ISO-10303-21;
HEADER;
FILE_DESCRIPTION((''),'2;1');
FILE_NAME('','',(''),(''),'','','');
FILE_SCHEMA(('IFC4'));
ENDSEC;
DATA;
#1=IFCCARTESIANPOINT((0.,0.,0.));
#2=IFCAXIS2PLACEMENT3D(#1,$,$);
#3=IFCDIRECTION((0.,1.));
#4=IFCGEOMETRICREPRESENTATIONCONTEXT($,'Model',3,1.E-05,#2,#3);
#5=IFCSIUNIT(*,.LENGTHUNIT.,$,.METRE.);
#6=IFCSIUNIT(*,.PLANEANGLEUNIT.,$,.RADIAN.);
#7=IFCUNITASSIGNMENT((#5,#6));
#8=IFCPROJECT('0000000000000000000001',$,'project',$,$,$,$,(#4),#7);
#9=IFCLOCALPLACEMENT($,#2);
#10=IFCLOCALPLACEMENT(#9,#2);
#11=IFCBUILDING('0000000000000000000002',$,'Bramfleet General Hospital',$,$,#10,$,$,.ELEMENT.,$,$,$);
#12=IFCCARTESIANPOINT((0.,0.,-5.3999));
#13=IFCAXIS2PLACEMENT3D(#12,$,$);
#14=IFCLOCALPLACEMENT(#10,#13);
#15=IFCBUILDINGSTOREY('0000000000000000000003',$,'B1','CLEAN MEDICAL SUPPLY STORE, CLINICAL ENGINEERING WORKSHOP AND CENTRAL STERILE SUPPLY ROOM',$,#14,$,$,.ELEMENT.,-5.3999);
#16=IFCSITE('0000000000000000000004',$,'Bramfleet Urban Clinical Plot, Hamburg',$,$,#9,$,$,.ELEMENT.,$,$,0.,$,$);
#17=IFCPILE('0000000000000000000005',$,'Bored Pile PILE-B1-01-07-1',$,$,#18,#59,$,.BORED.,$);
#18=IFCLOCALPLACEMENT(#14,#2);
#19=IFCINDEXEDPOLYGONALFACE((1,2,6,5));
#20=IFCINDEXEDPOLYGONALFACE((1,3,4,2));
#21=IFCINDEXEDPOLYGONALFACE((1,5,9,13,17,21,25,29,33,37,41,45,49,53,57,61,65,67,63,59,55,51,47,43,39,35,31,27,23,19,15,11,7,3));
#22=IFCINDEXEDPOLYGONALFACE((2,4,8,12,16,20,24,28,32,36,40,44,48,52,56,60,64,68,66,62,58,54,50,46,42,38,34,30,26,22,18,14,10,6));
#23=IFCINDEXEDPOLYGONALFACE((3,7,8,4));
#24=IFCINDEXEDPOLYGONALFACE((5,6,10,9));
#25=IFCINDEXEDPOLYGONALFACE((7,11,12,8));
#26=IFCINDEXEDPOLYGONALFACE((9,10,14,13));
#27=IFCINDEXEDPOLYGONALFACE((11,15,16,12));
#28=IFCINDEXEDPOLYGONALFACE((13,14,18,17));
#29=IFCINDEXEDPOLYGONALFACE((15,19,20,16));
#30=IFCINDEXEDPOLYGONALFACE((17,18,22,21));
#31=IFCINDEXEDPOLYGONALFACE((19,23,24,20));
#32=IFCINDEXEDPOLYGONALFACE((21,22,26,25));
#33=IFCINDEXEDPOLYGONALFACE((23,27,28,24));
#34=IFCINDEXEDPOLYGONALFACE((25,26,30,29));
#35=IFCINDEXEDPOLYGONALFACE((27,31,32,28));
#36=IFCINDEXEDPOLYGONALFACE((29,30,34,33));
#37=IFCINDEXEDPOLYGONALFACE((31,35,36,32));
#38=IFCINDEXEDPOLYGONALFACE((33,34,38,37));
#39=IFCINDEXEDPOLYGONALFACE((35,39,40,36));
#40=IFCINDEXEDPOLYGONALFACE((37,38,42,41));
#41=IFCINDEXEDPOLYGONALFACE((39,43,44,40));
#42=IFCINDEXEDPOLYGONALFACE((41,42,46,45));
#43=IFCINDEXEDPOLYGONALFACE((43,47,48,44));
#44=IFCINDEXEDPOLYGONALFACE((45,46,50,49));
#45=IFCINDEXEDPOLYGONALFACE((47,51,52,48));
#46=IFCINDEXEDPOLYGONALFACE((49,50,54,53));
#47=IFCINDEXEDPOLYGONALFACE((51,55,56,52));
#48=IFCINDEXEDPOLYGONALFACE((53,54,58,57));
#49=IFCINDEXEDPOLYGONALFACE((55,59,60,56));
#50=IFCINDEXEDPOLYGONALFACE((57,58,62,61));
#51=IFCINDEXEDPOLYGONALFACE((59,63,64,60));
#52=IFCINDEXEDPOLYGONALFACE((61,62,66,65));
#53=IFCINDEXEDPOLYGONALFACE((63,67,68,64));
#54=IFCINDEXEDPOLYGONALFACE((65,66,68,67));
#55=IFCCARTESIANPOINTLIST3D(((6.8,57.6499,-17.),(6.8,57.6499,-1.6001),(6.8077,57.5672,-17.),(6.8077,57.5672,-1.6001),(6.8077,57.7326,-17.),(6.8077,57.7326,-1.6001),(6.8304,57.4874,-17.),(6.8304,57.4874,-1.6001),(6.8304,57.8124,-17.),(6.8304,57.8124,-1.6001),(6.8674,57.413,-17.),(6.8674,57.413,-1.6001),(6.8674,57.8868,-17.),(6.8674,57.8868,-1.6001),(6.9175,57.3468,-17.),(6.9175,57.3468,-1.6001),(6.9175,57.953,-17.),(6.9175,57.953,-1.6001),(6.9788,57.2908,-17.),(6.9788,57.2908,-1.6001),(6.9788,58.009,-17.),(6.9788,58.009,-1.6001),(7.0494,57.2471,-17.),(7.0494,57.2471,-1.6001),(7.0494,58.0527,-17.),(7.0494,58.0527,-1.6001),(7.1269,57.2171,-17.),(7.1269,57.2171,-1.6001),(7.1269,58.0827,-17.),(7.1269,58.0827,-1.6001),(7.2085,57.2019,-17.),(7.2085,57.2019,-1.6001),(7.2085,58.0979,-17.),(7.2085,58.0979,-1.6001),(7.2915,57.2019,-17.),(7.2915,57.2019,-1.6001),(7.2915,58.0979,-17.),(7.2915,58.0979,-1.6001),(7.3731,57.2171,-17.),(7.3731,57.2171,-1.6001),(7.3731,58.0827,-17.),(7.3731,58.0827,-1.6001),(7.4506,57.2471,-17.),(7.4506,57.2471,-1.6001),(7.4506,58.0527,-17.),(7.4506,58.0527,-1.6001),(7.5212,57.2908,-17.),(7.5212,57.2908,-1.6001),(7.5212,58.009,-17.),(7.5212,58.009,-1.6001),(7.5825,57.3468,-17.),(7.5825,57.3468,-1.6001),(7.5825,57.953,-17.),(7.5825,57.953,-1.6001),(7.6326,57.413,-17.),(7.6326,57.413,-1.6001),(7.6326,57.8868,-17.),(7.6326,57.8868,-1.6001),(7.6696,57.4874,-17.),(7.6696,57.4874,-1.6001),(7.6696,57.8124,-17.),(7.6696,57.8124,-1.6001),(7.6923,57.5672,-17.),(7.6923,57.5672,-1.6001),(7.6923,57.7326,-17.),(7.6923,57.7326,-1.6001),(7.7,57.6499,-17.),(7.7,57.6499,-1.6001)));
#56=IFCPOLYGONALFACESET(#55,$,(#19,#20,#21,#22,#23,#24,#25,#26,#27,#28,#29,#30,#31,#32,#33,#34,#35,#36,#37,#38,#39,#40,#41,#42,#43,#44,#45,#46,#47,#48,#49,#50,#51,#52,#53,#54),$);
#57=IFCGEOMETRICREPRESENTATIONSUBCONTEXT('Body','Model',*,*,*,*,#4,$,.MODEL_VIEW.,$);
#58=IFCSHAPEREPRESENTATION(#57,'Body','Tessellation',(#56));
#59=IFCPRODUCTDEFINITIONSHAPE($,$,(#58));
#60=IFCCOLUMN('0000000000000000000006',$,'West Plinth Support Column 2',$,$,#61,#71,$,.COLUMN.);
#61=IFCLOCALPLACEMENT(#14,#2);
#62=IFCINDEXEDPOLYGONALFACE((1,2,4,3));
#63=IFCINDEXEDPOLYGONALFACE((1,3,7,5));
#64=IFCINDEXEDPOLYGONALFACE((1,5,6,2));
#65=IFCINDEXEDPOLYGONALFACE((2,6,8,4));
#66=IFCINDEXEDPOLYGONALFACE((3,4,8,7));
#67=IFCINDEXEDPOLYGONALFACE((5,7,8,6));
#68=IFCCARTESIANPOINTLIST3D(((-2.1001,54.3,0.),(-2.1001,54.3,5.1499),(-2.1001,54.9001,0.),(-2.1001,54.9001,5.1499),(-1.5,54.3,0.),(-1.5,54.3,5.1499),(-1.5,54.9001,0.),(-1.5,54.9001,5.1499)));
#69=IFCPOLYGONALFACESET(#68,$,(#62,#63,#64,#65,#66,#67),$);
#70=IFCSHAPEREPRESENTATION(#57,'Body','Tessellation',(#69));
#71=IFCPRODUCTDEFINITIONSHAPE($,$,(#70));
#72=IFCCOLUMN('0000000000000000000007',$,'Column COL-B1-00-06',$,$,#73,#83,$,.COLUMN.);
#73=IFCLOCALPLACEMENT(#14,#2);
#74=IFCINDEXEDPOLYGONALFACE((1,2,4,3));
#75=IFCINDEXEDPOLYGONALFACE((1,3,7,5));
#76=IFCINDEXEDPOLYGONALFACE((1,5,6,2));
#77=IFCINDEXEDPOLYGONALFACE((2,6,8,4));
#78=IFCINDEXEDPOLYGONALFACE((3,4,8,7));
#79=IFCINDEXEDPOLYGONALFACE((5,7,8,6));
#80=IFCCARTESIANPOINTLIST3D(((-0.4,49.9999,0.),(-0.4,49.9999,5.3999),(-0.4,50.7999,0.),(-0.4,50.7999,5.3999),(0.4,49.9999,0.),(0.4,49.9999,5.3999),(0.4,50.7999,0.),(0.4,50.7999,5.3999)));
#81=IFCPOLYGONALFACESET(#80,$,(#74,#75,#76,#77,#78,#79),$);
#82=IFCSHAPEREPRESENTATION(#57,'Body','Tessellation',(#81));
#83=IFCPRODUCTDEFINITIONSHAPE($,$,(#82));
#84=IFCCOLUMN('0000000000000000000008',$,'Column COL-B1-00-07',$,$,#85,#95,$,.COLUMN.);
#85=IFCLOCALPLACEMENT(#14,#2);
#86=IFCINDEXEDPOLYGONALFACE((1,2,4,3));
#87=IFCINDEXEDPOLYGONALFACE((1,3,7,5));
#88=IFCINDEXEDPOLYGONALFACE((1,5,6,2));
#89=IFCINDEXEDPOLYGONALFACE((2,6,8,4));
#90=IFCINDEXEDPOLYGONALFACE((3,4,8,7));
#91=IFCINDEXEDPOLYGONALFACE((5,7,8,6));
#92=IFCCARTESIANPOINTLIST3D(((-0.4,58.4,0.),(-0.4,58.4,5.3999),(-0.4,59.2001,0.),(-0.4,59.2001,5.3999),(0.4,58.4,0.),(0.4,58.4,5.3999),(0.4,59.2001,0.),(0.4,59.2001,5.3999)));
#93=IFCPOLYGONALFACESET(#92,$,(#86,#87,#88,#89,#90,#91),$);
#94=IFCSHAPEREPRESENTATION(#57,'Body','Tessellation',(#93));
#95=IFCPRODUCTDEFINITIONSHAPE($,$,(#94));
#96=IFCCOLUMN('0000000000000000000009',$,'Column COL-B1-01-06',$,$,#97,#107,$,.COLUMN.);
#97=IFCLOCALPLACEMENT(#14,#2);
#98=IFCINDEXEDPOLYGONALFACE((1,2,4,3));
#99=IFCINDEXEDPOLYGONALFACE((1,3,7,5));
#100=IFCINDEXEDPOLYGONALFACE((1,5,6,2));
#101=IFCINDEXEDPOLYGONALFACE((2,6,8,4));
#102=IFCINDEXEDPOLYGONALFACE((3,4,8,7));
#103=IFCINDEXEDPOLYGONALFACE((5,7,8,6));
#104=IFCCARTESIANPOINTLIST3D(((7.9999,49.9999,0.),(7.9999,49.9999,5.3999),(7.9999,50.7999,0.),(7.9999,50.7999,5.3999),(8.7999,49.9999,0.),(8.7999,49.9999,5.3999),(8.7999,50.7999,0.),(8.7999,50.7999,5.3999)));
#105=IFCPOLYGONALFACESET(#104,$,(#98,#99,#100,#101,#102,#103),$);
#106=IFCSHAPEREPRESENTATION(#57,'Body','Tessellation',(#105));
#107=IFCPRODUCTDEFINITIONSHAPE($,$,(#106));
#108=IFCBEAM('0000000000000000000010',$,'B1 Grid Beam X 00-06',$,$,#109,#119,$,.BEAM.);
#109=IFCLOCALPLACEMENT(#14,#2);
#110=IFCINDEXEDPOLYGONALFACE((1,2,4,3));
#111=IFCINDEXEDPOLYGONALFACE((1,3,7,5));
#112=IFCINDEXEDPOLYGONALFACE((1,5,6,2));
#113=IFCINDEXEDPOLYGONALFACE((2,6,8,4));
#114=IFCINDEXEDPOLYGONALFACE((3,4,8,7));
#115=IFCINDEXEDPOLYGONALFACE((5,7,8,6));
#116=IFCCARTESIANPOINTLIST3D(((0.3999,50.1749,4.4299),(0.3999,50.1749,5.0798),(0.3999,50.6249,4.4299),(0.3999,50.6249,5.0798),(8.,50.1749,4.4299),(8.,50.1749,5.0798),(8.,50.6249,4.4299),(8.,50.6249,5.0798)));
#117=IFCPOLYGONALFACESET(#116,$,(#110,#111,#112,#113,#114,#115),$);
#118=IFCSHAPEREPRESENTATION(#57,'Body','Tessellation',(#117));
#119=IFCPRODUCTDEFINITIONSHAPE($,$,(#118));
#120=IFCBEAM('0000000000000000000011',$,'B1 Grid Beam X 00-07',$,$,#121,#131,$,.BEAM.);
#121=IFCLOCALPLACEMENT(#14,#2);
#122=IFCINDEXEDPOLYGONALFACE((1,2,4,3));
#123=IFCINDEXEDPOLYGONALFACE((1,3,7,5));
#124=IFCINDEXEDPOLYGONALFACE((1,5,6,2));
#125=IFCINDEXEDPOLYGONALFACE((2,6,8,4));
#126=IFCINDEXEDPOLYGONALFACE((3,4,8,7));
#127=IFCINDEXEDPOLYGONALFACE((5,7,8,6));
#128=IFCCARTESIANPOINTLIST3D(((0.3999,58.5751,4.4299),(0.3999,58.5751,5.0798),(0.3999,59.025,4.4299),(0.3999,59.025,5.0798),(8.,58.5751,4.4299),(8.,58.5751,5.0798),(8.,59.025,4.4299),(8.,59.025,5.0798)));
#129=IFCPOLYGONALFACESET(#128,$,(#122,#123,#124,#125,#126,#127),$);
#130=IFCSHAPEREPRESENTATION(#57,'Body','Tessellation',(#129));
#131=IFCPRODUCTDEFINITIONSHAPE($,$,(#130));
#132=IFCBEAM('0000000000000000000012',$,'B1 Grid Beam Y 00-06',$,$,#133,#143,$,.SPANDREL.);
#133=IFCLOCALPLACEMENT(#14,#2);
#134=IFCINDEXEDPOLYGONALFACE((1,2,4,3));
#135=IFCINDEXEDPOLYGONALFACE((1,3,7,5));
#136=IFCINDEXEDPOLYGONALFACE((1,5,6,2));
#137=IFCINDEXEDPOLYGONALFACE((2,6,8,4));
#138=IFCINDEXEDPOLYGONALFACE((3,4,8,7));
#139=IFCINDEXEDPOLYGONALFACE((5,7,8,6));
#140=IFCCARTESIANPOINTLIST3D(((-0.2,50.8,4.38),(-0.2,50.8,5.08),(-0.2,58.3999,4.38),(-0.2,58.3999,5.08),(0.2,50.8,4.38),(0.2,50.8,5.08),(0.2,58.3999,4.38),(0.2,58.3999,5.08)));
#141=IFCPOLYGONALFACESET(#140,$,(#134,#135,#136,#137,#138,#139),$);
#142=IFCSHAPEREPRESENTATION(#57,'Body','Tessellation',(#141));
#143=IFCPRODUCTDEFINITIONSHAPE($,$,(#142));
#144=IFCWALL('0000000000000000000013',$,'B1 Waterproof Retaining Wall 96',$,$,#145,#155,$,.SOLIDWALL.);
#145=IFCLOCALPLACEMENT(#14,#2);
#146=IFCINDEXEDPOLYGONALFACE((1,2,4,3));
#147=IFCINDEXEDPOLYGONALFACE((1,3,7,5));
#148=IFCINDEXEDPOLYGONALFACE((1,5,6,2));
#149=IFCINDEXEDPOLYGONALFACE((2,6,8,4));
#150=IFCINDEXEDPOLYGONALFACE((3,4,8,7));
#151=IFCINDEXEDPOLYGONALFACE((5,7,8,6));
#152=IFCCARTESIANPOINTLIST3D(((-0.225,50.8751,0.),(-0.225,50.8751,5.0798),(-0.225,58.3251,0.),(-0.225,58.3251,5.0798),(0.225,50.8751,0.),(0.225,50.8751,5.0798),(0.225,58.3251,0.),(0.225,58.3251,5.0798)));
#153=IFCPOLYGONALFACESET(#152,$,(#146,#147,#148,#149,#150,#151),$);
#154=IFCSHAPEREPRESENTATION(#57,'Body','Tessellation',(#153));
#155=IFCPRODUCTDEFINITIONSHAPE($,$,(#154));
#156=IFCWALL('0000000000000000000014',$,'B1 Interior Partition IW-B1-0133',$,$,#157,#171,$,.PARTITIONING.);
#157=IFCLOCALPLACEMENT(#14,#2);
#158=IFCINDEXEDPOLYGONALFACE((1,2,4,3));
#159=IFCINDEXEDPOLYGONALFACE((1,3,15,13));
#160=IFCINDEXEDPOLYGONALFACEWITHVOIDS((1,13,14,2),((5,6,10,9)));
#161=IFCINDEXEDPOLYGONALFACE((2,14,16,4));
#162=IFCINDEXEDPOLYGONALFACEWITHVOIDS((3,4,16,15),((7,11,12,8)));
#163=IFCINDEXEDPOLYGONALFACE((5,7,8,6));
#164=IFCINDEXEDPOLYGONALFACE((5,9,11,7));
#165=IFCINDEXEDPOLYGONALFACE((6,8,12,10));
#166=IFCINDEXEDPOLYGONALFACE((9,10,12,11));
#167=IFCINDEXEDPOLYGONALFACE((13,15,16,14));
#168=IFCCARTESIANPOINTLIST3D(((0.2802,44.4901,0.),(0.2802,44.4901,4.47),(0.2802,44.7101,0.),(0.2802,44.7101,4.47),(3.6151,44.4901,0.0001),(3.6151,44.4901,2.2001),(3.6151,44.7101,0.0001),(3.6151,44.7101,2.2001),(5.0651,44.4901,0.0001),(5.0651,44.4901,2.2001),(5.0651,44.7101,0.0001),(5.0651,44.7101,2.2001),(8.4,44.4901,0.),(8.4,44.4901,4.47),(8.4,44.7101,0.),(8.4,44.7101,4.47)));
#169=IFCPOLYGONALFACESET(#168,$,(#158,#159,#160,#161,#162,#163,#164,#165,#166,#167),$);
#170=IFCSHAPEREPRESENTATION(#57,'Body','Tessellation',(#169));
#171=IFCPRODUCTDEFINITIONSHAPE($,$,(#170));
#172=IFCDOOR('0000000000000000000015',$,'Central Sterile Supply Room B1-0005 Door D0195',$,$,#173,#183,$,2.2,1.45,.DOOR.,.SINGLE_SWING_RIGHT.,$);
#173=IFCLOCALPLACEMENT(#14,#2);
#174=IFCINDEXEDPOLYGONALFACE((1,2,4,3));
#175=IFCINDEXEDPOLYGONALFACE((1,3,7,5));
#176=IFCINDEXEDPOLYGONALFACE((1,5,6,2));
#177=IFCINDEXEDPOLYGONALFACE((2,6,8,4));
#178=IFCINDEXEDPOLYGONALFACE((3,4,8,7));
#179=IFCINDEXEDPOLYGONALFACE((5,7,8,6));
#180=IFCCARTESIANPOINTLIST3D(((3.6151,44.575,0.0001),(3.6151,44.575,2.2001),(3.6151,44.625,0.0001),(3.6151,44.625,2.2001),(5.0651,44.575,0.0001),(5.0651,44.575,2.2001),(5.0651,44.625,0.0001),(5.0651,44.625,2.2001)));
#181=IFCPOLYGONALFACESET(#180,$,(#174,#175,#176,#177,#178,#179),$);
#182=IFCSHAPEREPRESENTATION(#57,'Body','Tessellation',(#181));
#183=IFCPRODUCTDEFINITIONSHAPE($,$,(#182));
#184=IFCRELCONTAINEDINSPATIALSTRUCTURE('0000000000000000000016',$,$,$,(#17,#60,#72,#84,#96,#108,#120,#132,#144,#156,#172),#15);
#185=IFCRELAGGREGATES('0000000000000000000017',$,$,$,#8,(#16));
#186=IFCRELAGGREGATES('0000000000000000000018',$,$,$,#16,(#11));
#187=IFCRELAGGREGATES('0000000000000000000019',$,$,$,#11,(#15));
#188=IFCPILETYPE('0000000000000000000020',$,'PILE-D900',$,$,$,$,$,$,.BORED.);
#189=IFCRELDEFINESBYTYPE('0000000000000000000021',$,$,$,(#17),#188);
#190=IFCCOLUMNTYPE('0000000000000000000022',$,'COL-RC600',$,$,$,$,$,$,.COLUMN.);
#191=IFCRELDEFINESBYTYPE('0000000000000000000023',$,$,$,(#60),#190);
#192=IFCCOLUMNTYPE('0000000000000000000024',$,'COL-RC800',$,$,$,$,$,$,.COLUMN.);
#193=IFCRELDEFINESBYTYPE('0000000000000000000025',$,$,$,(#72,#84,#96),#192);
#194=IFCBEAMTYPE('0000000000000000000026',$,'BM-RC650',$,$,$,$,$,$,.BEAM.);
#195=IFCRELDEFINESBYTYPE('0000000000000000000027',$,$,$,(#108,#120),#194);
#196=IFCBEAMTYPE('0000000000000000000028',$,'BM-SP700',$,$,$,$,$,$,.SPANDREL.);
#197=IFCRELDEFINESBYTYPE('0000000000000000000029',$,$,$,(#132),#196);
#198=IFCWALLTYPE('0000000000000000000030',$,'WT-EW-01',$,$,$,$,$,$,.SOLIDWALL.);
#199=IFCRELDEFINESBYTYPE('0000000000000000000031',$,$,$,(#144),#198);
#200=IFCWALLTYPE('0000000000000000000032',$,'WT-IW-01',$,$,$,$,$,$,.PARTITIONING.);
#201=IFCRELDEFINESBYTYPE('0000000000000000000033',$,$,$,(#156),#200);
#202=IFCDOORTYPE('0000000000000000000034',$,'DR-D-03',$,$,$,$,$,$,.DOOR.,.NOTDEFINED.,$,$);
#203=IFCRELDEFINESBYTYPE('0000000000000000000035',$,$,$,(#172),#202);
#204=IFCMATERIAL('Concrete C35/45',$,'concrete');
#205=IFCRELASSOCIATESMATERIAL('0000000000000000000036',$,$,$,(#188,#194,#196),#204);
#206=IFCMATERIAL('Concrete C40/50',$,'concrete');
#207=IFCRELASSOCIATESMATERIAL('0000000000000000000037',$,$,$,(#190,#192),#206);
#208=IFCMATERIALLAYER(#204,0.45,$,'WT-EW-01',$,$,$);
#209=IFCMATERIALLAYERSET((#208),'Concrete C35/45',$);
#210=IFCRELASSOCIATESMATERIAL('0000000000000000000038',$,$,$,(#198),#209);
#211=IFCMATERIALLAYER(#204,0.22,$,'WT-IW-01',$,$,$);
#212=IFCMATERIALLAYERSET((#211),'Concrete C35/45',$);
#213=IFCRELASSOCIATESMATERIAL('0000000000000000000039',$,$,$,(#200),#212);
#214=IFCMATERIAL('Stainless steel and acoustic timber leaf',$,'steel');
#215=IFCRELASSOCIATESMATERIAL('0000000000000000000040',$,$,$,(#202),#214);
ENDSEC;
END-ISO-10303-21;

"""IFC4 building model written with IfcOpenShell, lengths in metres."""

from ifc_helpers import new_model, si_unit, direction, frame, frame_2d, origin, origin_2d, place, context, subcontext, project, spatial, rectangle, circle, extrude, material, layer, layer_set, material_profile, profile_set, type_object, element, fill, save


model = new_model("IFC4")

# Units and contexts
model_context = context("Model", 3, precision=1e-05, world=origin(), true_north=direction((0.0, 1.0)))
body_context = subcontext(model_context, "Body", "Model", "MODEL_VIEW")
ifc_project = project(units=[si_unit("LENGTHUNIT", "METRE"), si_unit("PLANEANGLEUNIT", "RADIAN")], contexts=[model_context])

# Site, building, storey
site_placement = place(None, origin())
site = spatial("IfcSite", under=ifc_project, at=site_placement, Name="Bramfleet Urban Clinical Plot, Hamburg", CompositionType="ELEMENT", RefElevation=0.0)
building_placement = place(site_placement, origin())
building = spatial("IfcBuilding", under=site, at=building_placement, Name="Bramfleet General Hospital", CompositionType="ELEMENT")
storey_placement = place(building_placement, frame((0.0, 0.0, -5.3999)))
storey = spatial("IfcBuildingStorey", under=building, at=storey_placement, Name="B1", Description="CLEAN MEDICAL SUPPLY STORE, CLINICAL ENGINEERING WORKSHOP AND CENTRAL STERILE SUPPLY ROOM", CompositionType="ELEMENT", Elevation=-5.3999)

# Shared definitions
ifc_material_1 = material(Name="Concrete C35/45", Category="concrete")

# Pile
ifc_material_profile_1 = material_profile(ifc_material_1, circle(Radius=0.45, at=origin_2d()), Name="PILE BORED D900")
ifc_profile_set_1 = profile_set([ifc_material_profile_1], Name="Concrete C35/45")
pile_type_1 = type_object("IfcPileType", Name="PILE-D900", PredefinedType="BORED", material=ifc_profile_set_1)
for number, where, z_axis, x_axis, name in (
    (1, (7.25, 57.6499, -1.6001), (0.0, 0.0, -1.0), (1.0, 0.0, 0.0), "Bored Pile PILE-B1-01-07-1"),
):
    element("IfcPile", number, at=place(storey_placement, frame(where, z_axis=z_axis, x_axis=x_axis)), inside=storey, type_object=pile_type_1, Name=name, PredefinedType="BORED", context=body_context, shape_type="SweptSolid", body=[
        extrude(circle(Radius=0.45, at=origin_2d()), origin(), (0.0, 0.0, 1.0), 15.3999),
    ])

# Columns
ifc_material_2 = material(Name="Concrete C40/50", Category="concrete")
ifc_material_profile_2 = material_profile(ifc_material_2, rectangle(XDim=0.6001, YDim=0.6001, at=origin_2d()), Name="RC COL 600x600")
ifc_profile_set_2 = profile_set([ifc_material_profile_2], Name="Concrete C40/50")
column_type_1 = type_object("IfcColumnType", Name="COL-RC600", PredefinedType="COLUMN", material=ifc_profile_set_2)
column_placement = place(storey_placement, frame((-1.8, 54.6001, 0.0), z_axis=(0.0, 0.0, 1.0), x_axis=(1.0, 0.0, 0.0)))
element("IfcColumn", 2, at=column_placement, inside=storey, type_object=column_type_1, Name="West Plinth Support Column 2", PredefinedType="COLUMN", context=body_context, shape_type="SweptSolid", body=[
    extrude(rectangle(XDim=0.6001, YDim=0.6001, at=origin_2d()), origin(), (0.0, 0.0, 1.0), 5.1499),
])
ifc_material_profile_3 = material_profile(ifc_material_2, rectangle(XDim=0.8, YDim=0.8, at=origin_2d()), Name="RC COL 800x800")
ifc_profile_set_3 = profile_set([ifc_material_profile_3], Name="Concrete C40/50")
column_type_2 = type_object("IfcColumnType", Name="COL-RC800", PredefinedType="COLUMN", material=ifc_profile_set_3)
for number, where, z_axis, x_axis, name in (
    (3, (0.0, 50.3999, 0.0), (0.0, 0.0, 1.0), (1.0, 0.0, 0.0), "Column COL-B1-00-06"),
    (4, (0.0, 58.8, 0.0), (0.0, 0.0, 1.0), (1.0, 0.0, 0.0), "Column COL-B1-00-07"),
    (5, (8.3999, 50.3999, 0.0), (0.0, 0.0, 1.0), (1.0, 0.0, 0.0), "Column COL-B1-01-06"),
):
    element("IfcColumn", number, at=place(storey_placement, frame(where, z_axis=z_axis, x_axis=x_axis)), inside=storey, type_object=column_type_2, Name=name, PredefinedType="COLUMN", context=body_context, shape_type="SweptSolid", body=[
        extrude(rectangle(XDim=0.8, YDim=0.8, at=origin_2d()), origin(), (0.0, 0.0, 1.0), 5.3999),
    ])

# Beams
ifc_material_profile_4 = material_profile(ifc_material_1, rectangle(XDim=0.45, YDim=0.6499, at=origin_2d()), Name="RC BM 650x450")
ifc_profile_set_4 = profile_set([ifc_material_profile_4], Name="Concrete C35/45")
beam_type_1 = type_object("IfcBeamType", Name="BM-RC650", PredefinedType="BEAM", material=ifc_profile_set_4)
for number, where, z_axis, x_axis, name in (
    (6, (0.3999, 50.3999, 4.7549), (1.0, 0.0, 0.0), (0.0, 1.0, 0.0), "B1 Grid Beam X 00-06"),
    (7, (0.3999, 58.8, 4.7549), (1.0, 0.0, 0.0), (0.0, 1.0, 0.0), "B1 Grid Beam X 00-07"),
):
    element("IfcBeam", number, at=place(storey_placement, frame(where, z_axis=z_axis, x_axis=x_axis)), inside=storey, type_object=beam_type_1, Name=name, PredefinedType="BEAM", context=body_context, shape_type="SweptSolid", body=[
        extrude(rectangle(XDim=0.45, YDim=0.6499, at=origin_2d()), origin(), (0.0, 0.0, 1.0), 7.6001),
    ])
ifc_material_profile_5 = material_profile(ifc_material_1, rectangle(XDim=0.3999, YDim=0.7, at=origin_2d()), Name="RC SP 700x400")
ifc_profile_set_5 = profile_set([ifc_material_profile_5], Name="Concrete C35/45")
beam_type_2 = type_object("IfcBeamType", Name="BM-SP700", PredefinedType="SPANDREL", material=ifc_profile_set_5)
beam_placement = place(storey_placement, frame((0.0, 50.8, 4.73), z_axis=(0.0, 1.0, 0.0), x_axis=(-1.0, 0.0, 0.0)))
element("IfcBeam", 8, at=beam_placement, inside=storey, type_object=beam_type_2, Name="B1 Grid Beam Y 00-06", PredefinedType="SPANDREL", context=body_context, shape_type="SweptSolid", body=[
    extrude(rectangle(XDim=0.3999, YDim=0.7, at=origin_2d()), origin(), (0.0, 0.0, 1.0), 7.5999),
])

# Wall
ifc_layer_1 = layer(ifc_material_1, 0.45, Name="WT-EW-01")
ifc_layer_set_1 = layer_set([ifc_layer_1], Name="Concrete C35/45")
wall_type_1 = type_object("IfcWallType", Name="WT-EW-01", PredefinedType="SOLIDWALL", material=ifc_layer_set_1)
wall_1_placement = place(storey_placement, frame((0.0, 50.875, 0.0), z_axis=(0.0, 0.0, 1.0), x_axis=(0.0, 1.0, 0.0)))
element("IfcWall", 9, at=wall_1_placement, inside=storey, type_object=wall_type_1, Name="B1 Waterproof Retaining Wall 96", PredefinedType="SOLIDWALL", context=body_context, shape_type="SweptSolid", body=[
    extrude(rectangle(XDim=7.45, YDim=0.45, at=frame_2d((3.7251, 0.0))), origin(), (0.0, 0.0, 1.0), 5.0798),
])

# Wall, opening, door
ifc_layer_2 = layer(ifc_material_1, 0.22, Name="WT-IW-01")
ifc_layer_set_2 = layer_set([ifc_layer_2], Name="Concrete C35/45")
wall_type_2 = type_object("IfcWallType", Name="WT-IW-01", PredefinedType="PARTITIONING", material=ifc_layer_set_2)
wall_2_placement = place(storey_placement, frame((0.28, 44.6001, 0.0), z_axis=(0.0, 0.0, 1.0), x_axis=(1.0, 0.0, 0.0)))
wall_2 = element("IfcWall", 10, at=wall_2_placement, inside=storey, type_object=wall_type_2, Name="B1 Interior Partition IW-B1-0133", PredefinedType="PARTITIONING", context=body_context, shape_type="SweptSolid", body=[
    extrude(rectangle(XDim=8.1199, YDim=0.22, at=frame_2d((4.0601, 0.0))), origin(), (0.0, 0.0, 1.0), 4.47),
])
opening_1_placement = place(wall_2_placement, frame((3.335, 0.0, 0.0)))
opening_1 = element("IfcOpeningElement", 11, at=opening_1_placement, cuts=wall_2, PredefinedType="OPENING", context=body_context, shape_type="SweptSolid", body=[
    extrude(rectangle(XDim=1.45, YDim=2.2, at=frame_2d((0.7251, 1.1001))), frame((0.0, 0.1199, 0.0), z_axis=(0.0, -1.0, 0.0), x_axis=(1.0, 0.0, 0.0)), (0.0, 0.0, 1.0), 0.24),
])
ifc_material_3 = material(Name="Stainless steel and acoustic timber leaf", Category="steel")
door_type_1 = type_object("IfcDoorType", Name="DR-D-03", OperationType="NOTDEFINED", PredefinedType="DOOR", material=ifc_material_3)
door_1_placement = place(opening_1_placement, origin())
door_1 = element("IfcDoor", 12, at=door_1_placement, inside=storey, type_object=door_type_1, Name="Central Sterile Supply Room B1-0005 Door D0195", OperationType="SINGLE_SWING_RIGHT", OverallHeight=2.2, OverallWidth=1.45, PredefinedType="DOOR", context=body_context, shape_type="SweptSolid", body=[
    extrude(rectangle(XDim=1.45, YDim=2.2, at=frame_2d((0.7251, 1.1001))), frame((0.0, 0.0249, 0.0), z_axis=(0.0, -1.0, 0.0), x_axis=(1.0, 0.0, 0.0)), (0.0, 0.0, 1.0), 0.05),
])
fill(opening_1, door_1)

save(model, "model.ifc")
